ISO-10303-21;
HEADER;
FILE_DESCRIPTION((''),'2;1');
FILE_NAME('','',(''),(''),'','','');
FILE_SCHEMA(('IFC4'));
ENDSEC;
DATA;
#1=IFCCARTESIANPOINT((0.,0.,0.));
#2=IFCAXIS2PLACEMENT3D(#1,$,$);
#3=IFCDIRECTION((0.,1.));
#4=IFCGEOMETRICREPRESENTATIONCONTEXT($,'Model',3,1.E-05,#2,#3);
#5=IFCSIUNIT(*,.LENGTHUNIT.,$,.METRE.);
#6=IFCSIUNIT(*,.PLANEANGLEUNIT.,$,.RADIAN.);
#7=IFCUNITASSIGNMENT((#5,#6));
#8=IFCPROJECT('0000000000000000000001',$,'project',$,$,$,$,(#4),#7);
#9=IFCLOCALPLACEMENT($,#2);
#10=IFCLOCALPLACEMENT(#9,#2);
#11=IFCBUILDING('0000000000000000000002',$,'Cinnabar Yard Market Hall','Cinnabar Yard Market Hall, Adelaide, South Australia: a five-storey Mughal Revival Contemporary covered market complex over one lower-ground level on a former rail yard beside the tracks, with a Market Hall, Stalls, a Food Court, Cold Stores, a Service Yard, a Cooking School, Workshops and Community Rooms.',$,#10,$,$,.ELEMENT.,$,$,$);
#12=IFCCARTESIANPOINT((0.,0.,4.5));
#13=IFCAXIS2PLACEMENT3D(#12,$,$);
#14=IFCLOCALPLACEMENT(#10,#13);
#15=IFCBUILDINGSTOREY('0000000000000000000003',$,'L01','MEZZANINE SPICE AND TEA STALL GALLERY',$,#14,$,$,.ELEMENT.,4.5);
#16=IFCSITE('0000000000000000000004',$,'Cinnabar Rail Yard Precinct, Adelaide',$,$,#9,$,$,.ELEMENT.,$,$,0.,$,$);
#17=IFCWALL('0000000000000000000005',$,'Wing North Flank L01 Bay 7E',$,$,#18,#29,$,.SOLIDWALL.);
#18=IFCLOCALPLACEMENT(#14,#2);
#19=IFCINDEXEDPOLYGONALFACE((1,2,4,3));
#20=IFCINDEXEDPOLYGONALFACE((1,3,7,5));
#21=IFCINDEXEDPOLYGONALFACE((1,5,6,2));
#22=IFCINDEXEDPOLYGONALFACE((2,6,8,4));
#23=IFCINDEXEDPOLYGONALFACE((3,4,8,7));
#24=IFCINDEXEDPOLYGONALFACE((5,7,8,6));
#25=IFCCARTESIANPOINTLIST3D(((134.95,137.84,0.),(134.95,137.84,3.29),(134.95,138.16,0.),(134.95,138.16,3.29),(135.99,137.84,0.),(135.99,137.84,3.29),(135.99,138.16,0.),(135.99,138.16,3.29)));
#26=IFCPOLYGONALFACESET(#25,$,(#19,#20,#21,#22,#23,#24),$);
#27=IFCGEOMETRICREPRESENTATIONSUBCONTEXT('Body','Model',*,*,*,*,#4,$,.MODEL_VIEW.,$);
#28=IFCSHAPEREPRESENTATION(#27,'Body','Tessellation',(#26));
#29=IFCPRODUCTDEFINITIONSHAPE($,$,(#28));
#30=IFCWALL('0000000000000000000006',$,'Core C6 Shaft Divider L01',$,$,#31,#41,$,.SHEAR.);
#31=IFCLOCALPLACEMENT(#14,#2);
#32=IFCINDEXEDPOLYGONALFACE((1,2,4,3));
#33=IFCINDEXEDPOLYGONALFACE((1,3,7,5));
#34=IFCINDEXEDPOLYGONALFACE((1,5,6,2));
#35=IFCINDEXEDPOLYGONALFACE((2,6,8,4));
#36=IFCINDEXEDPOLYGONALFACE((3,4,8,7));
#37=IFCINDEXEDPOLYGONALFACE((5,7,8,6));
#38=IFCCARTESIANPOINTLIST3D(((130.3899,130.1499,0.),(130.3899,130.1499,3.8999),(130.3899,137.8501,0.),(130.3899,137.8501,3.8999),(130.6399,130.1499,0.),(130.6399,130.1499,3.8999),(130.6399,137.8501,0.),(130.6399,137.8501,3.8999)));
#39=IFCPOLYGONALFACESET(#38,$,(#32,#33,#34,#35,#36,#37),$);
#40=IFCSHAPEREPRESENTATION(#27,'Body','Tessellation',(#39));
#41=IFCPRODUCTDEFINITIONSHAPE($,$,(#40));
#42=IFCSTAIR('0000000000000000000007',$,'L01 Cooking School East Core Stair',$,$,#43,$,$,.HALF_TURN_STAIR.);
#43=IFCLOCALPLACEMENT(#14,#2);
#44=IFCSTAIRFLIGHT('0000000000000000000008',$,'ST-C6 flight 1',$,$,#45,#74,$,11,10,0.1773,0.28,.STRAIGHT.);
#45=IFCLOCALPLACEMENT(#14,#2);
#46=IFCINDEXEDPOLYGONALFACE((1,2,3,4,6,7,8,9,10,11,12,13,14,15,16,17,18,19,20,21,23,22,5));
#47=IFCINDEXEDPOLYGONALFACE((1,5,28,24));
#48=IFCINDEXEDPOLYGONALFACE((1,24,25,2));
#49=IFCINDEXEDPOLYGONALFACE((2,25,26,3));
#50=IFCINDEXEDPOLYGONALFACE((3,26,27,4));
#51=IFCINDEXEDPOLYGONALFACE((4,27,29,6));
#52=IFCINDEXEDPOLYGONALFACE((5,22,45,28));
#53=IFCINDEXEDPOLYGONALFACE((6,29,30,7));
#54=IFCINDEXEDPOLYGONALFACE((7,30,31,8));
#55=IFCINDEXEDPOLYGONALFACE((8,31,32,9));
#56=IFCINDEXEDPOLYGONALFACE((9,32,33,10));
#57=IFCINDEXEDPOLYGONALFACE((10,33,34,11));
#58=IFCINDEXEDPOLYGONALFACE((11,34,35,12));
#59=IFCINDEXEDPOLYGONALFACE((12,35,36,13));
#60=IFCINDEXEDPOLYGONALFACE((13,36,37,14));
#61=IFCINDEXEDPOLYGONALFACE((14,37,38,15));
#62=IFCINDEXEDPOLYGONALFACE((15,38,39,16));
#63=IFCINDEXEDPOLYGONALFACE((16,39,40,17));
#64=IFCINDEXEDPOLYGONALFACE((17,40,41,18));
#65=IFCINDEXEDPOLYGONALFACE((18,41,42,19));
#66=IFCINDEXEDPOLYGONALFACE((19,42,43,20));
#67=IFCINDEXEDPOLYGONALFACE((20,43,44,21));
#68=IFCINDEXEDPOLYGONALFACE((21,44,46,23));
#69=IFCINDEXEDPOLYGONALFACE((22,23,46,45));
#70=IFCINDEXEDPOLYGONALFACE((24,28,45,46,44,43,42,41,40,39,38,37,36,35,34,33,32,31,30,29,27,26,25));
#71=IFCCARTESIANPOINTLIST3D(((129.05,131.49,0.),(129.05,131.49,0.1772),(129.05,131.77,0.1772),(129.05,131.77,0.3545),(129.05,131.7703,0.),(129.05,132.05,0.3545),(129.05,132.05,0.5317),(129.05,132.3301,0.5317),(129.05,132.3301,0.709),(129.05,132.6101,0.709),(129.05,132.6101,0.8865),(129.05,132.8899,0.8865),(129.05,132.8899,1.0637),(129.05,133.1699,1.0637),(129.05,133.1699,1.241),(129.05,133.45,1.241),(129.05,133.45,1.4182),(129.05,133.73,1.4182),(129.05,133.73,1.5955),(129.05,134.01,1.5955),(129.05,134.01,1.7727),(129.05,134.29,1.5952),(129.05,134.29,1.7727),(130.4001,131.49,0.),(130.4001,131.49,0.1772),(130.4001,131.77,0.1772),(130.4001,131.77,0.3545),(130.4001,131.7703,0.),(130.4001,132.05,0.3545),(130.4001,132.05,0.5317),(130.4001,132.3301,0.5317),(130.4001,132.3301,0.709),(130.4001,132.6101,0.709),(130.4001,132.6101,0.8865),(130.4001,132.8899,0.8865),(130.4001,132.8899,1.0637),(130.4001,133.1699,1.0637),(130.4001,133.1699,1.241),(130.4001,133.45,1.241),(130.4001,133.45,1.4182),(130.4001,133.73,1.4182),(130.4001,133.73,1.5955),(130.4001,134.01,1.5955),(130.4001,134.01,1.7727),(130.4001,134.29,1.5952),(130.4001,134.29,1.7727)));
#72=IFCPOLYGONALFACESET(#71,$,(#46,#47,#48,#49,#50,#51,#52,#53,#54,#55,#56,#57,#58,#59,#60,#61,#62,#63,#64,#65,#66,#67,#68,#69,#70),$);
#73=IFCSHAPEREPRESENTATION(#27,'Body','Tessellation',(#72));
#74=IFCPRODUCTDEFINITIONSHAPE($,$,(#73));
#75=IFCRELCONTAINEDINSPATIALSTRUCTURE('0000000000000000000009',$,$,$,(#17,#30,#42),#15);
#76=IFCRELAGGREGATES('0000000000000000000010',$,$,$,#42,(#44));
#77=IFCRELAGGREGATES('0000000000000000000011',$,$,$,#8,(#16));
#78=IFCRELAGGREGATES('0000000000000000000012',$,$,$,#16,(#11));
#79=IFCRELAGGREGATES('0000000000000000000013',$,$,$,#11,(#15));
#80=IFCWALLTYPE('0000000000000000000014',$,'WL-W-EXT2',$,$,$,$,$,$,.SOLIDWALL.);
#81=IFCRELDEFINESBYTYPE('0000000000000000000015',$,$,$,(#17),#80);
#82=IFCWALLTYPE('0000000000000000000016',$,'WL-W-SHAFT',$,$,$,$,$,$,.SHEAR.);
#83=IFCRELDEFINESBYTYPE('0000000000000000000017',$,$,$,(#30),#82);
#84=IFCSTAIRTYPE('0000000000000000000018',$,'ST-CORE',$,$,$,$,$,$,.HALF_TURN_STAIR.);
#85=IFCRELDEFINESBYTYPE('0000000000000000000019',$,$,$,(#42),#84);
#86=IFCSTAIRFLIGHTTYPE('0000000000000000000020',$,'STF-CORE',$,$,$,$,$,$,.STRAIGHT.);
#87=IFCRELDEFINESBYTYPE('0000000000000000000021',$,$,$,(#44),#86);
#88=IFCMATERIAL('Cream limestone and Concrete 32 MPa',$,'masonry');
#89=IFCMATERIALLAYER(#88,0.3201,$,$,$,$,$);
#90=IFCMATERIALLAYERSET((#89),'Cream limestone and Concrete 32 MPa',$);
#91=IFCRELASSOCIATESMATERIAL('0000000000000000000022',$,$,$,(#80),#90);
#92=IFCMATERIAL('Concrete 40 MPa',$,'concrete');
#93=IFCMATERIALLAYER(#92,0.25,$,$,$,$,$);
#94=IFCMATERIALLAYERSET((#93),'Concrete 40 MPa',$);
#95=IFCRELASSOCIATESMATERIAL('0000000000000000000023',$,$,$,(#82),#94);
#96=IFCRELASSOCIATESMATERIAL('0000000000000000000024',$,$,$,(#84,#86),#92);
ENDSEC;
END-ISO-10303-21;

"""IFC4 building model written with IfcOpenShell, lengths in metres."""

from ifc_helpers import new_model, si_unit, direction, frame, frame_2d, origin, place, context, subcontext, project, spatial, polyline, rectangle, outline, extrude, material, layer, layer_set, type_object, element, aggregate, save


model = new_model("IFC4")

# Units and contexts
model_context = context("Model", 3, precision=1e-05, world=origin(), true_north=direction((0.0, 1.0)))
body_context = subcontext(model_context, "Body", "Model", "MODEL_VIEW")
ifc_project = project(units=[si_unit("LENGTHUNIT", "METRE"), si_unit("PLANEANGLEUNIT", "RADIAN")], contexts=[model_context])

# Site, building, storey
site_placement = place(None, origin())
site = spatial("IfcSite", under=ifc_project, at=site_placement, Name="Cinnabar Rail Yard Precinct, Adelaide", CompositionType="ELEMENT", RefElevation=0.0)
building_placement = place(site_placement, origin())
building = spatial("IfcBuilding", under=site, at=building_placement, Name="Cinnabar Yard Market Hall", Description="Cinnabar Yard Market Hall, Adelaide, South Australia: a five-storey Mughal Revival Contemporary covered market complex over one lower-ground level on a former rail yard beside the tracks, with a Market Hall, Stalls, a Food Court, Cold Stores, a Service Yard, a Cooking School, Workshops and Community Rooms.", CompositionType="ELEMENT")
storey_placement = place(building_placement, frame((0.0, 0.0, 4.5)))
storey = spatial("IfcBuildingStorey", under=building, at=storey_placement, Name="L01", Description="MEZZANINE SPICE AND TEA STALL GALLERY", CompositionType="ELEMENT", Elevation=4.5)

# Walls
ifc_material_1 = material(Name="Concrete 40 MPa", Category="concrete")
ifc_material_2 = material(Name="Cream limestone and Concrete 32 MPa", Category="masonry")
ifc_layer_1 = layer(ifc_material_2, 0.3201)
ifc_layer_set_1 = layer_set([ifc_layer_1], Name="Cream limestone and Concrete 32 MPa")
wall_type_1 = type_object("IfcWallType", Name="WL-W-EXT2", PredefinedType="SOLIDWALL", material=ifc_layer_set_1)
wall_1_placement = place(storey_placement, frame((135.99, 138.0, 0.0), z_axis=(0.0, 0.0, 1.0), x_axis=(-1.0, 0.0, 0.0)))
element("IfcWall", 1, at=wall_1_placement, inside=storey, type_object=wall_type_1, Name="Wing North Flank L01 Bay 7E", PredefinedType="SOLIDWALL", context=body_context, shape_type="SweptSolid", body=[
    extrude(rectangle(XDim=1.04, YDim=0.3201, at=frame_2d((0.52, 0.0), x_axis=(1.0, 0.0))), origin(), (0.0, 0.0, 1.0), 3.29),
])
ifc_layer_2 = layer(ifc_material_1, 0.25)
ifc_layer_set_2 = layer_set([ifc_layer_2], Name="Concrete 40 MPa")
wall_type_2 = type_object("IfcWallType", Name="WL-W-SHAFT", PredefinedType="SHEAR", material=ifc_layer_set_2)
wall_2_placement = place(storey_placement, frame((130.5149, 130.1499, 0.0), z_axis=(0.0, 0.0, 1.0), x_axis=(0.0, 1.0, 0.0)))
element("IfcWall", 2, at=wall_2_placement, inside=storey, type_object=wall_type_2, Name="Core C6 Shaft Divider L01", PredefinedType="SHEAR", context=body_context, shape_type="SweptSolid", body=[
    extrude(rectangle(XDim=7.7002, YDim=0.25, at=frame_2d((3.8501, 0.0), x_axis=(1.0, 0.0))), origin(), (0.0, 0.0, 1.0), 3.8999),
])

# Stair, stair flight
stair_type = type_object("IfcStairType", Name="ST-CORE", PredefinedType="HALF_TURN_STAIR", material=ifc_material_1)
stair_placement = place(storey_placement, origin())
stair = element("IfcStair", 3, at=stair_placement, inside=storey, type_object=stair_type, Name="L01 Cooking School East Core Stair", PredefinedType="HALF_TURN_STAIR")
stair_flight_type = type_object("IfcStairFlightType", Name="STF-CORE", PredefinedType="STRAIGHT", material=ifc_material_1)
stair_flight_placement = place(storey_placement, frame((129.7251, 131.49, 0.0), z_axis=(0.0, 0.0, 1.0), x_axis=(0.0, 1.0, 0.0)))
stair_flight = element("IfcStairFlight", 4, at=stair_flight_placement, type_object=stair_flight_type, Name="ST-C6 flight 1", NumberOfRisers=11, NumberOfTreads=10, PredefinedType="STRAIGHT", RiserHeight=0.1773, TreadLength=0.28, context=body_context, shape_type="SweptSolid", body=[
    extrude(outline(polyline([(0.0, 0.0), (0.0, 0.1772), (0.28, 0.1772), (0.28, 0.3545), (0.5601, 0.3545), (0.5601, 0.5317), (0.8401, 0.5317), (0.8401, 0.709), (1.1201, 0.709), (1.1201, 0.8865), (1.3999, 0.8865), (1.3999, 1.0637), (1.6799, 1.0637), (1.6799, 1.241), (1.96, 1.241), (1.96, 1.4182), (2.24, 1.4182), (2.24, 1.5955), (2.52, 1.5955), (2.52, 1.7727), (2.8, 1.7727), (2.8, 1.95), (2.8, 1.5952), (0.2803, 0.0), (0.0, 0.0)])), frame((0.0, 0.675, 0.0), z_axis=(0.0, -1.0, 0.0), x_axis=(1.0, 0.0, 0.0)), (0.0, 0.0, 1.0), 1.3501),
])
aggregate(stair, [stair_flight])

save(model, "model.ifc")
